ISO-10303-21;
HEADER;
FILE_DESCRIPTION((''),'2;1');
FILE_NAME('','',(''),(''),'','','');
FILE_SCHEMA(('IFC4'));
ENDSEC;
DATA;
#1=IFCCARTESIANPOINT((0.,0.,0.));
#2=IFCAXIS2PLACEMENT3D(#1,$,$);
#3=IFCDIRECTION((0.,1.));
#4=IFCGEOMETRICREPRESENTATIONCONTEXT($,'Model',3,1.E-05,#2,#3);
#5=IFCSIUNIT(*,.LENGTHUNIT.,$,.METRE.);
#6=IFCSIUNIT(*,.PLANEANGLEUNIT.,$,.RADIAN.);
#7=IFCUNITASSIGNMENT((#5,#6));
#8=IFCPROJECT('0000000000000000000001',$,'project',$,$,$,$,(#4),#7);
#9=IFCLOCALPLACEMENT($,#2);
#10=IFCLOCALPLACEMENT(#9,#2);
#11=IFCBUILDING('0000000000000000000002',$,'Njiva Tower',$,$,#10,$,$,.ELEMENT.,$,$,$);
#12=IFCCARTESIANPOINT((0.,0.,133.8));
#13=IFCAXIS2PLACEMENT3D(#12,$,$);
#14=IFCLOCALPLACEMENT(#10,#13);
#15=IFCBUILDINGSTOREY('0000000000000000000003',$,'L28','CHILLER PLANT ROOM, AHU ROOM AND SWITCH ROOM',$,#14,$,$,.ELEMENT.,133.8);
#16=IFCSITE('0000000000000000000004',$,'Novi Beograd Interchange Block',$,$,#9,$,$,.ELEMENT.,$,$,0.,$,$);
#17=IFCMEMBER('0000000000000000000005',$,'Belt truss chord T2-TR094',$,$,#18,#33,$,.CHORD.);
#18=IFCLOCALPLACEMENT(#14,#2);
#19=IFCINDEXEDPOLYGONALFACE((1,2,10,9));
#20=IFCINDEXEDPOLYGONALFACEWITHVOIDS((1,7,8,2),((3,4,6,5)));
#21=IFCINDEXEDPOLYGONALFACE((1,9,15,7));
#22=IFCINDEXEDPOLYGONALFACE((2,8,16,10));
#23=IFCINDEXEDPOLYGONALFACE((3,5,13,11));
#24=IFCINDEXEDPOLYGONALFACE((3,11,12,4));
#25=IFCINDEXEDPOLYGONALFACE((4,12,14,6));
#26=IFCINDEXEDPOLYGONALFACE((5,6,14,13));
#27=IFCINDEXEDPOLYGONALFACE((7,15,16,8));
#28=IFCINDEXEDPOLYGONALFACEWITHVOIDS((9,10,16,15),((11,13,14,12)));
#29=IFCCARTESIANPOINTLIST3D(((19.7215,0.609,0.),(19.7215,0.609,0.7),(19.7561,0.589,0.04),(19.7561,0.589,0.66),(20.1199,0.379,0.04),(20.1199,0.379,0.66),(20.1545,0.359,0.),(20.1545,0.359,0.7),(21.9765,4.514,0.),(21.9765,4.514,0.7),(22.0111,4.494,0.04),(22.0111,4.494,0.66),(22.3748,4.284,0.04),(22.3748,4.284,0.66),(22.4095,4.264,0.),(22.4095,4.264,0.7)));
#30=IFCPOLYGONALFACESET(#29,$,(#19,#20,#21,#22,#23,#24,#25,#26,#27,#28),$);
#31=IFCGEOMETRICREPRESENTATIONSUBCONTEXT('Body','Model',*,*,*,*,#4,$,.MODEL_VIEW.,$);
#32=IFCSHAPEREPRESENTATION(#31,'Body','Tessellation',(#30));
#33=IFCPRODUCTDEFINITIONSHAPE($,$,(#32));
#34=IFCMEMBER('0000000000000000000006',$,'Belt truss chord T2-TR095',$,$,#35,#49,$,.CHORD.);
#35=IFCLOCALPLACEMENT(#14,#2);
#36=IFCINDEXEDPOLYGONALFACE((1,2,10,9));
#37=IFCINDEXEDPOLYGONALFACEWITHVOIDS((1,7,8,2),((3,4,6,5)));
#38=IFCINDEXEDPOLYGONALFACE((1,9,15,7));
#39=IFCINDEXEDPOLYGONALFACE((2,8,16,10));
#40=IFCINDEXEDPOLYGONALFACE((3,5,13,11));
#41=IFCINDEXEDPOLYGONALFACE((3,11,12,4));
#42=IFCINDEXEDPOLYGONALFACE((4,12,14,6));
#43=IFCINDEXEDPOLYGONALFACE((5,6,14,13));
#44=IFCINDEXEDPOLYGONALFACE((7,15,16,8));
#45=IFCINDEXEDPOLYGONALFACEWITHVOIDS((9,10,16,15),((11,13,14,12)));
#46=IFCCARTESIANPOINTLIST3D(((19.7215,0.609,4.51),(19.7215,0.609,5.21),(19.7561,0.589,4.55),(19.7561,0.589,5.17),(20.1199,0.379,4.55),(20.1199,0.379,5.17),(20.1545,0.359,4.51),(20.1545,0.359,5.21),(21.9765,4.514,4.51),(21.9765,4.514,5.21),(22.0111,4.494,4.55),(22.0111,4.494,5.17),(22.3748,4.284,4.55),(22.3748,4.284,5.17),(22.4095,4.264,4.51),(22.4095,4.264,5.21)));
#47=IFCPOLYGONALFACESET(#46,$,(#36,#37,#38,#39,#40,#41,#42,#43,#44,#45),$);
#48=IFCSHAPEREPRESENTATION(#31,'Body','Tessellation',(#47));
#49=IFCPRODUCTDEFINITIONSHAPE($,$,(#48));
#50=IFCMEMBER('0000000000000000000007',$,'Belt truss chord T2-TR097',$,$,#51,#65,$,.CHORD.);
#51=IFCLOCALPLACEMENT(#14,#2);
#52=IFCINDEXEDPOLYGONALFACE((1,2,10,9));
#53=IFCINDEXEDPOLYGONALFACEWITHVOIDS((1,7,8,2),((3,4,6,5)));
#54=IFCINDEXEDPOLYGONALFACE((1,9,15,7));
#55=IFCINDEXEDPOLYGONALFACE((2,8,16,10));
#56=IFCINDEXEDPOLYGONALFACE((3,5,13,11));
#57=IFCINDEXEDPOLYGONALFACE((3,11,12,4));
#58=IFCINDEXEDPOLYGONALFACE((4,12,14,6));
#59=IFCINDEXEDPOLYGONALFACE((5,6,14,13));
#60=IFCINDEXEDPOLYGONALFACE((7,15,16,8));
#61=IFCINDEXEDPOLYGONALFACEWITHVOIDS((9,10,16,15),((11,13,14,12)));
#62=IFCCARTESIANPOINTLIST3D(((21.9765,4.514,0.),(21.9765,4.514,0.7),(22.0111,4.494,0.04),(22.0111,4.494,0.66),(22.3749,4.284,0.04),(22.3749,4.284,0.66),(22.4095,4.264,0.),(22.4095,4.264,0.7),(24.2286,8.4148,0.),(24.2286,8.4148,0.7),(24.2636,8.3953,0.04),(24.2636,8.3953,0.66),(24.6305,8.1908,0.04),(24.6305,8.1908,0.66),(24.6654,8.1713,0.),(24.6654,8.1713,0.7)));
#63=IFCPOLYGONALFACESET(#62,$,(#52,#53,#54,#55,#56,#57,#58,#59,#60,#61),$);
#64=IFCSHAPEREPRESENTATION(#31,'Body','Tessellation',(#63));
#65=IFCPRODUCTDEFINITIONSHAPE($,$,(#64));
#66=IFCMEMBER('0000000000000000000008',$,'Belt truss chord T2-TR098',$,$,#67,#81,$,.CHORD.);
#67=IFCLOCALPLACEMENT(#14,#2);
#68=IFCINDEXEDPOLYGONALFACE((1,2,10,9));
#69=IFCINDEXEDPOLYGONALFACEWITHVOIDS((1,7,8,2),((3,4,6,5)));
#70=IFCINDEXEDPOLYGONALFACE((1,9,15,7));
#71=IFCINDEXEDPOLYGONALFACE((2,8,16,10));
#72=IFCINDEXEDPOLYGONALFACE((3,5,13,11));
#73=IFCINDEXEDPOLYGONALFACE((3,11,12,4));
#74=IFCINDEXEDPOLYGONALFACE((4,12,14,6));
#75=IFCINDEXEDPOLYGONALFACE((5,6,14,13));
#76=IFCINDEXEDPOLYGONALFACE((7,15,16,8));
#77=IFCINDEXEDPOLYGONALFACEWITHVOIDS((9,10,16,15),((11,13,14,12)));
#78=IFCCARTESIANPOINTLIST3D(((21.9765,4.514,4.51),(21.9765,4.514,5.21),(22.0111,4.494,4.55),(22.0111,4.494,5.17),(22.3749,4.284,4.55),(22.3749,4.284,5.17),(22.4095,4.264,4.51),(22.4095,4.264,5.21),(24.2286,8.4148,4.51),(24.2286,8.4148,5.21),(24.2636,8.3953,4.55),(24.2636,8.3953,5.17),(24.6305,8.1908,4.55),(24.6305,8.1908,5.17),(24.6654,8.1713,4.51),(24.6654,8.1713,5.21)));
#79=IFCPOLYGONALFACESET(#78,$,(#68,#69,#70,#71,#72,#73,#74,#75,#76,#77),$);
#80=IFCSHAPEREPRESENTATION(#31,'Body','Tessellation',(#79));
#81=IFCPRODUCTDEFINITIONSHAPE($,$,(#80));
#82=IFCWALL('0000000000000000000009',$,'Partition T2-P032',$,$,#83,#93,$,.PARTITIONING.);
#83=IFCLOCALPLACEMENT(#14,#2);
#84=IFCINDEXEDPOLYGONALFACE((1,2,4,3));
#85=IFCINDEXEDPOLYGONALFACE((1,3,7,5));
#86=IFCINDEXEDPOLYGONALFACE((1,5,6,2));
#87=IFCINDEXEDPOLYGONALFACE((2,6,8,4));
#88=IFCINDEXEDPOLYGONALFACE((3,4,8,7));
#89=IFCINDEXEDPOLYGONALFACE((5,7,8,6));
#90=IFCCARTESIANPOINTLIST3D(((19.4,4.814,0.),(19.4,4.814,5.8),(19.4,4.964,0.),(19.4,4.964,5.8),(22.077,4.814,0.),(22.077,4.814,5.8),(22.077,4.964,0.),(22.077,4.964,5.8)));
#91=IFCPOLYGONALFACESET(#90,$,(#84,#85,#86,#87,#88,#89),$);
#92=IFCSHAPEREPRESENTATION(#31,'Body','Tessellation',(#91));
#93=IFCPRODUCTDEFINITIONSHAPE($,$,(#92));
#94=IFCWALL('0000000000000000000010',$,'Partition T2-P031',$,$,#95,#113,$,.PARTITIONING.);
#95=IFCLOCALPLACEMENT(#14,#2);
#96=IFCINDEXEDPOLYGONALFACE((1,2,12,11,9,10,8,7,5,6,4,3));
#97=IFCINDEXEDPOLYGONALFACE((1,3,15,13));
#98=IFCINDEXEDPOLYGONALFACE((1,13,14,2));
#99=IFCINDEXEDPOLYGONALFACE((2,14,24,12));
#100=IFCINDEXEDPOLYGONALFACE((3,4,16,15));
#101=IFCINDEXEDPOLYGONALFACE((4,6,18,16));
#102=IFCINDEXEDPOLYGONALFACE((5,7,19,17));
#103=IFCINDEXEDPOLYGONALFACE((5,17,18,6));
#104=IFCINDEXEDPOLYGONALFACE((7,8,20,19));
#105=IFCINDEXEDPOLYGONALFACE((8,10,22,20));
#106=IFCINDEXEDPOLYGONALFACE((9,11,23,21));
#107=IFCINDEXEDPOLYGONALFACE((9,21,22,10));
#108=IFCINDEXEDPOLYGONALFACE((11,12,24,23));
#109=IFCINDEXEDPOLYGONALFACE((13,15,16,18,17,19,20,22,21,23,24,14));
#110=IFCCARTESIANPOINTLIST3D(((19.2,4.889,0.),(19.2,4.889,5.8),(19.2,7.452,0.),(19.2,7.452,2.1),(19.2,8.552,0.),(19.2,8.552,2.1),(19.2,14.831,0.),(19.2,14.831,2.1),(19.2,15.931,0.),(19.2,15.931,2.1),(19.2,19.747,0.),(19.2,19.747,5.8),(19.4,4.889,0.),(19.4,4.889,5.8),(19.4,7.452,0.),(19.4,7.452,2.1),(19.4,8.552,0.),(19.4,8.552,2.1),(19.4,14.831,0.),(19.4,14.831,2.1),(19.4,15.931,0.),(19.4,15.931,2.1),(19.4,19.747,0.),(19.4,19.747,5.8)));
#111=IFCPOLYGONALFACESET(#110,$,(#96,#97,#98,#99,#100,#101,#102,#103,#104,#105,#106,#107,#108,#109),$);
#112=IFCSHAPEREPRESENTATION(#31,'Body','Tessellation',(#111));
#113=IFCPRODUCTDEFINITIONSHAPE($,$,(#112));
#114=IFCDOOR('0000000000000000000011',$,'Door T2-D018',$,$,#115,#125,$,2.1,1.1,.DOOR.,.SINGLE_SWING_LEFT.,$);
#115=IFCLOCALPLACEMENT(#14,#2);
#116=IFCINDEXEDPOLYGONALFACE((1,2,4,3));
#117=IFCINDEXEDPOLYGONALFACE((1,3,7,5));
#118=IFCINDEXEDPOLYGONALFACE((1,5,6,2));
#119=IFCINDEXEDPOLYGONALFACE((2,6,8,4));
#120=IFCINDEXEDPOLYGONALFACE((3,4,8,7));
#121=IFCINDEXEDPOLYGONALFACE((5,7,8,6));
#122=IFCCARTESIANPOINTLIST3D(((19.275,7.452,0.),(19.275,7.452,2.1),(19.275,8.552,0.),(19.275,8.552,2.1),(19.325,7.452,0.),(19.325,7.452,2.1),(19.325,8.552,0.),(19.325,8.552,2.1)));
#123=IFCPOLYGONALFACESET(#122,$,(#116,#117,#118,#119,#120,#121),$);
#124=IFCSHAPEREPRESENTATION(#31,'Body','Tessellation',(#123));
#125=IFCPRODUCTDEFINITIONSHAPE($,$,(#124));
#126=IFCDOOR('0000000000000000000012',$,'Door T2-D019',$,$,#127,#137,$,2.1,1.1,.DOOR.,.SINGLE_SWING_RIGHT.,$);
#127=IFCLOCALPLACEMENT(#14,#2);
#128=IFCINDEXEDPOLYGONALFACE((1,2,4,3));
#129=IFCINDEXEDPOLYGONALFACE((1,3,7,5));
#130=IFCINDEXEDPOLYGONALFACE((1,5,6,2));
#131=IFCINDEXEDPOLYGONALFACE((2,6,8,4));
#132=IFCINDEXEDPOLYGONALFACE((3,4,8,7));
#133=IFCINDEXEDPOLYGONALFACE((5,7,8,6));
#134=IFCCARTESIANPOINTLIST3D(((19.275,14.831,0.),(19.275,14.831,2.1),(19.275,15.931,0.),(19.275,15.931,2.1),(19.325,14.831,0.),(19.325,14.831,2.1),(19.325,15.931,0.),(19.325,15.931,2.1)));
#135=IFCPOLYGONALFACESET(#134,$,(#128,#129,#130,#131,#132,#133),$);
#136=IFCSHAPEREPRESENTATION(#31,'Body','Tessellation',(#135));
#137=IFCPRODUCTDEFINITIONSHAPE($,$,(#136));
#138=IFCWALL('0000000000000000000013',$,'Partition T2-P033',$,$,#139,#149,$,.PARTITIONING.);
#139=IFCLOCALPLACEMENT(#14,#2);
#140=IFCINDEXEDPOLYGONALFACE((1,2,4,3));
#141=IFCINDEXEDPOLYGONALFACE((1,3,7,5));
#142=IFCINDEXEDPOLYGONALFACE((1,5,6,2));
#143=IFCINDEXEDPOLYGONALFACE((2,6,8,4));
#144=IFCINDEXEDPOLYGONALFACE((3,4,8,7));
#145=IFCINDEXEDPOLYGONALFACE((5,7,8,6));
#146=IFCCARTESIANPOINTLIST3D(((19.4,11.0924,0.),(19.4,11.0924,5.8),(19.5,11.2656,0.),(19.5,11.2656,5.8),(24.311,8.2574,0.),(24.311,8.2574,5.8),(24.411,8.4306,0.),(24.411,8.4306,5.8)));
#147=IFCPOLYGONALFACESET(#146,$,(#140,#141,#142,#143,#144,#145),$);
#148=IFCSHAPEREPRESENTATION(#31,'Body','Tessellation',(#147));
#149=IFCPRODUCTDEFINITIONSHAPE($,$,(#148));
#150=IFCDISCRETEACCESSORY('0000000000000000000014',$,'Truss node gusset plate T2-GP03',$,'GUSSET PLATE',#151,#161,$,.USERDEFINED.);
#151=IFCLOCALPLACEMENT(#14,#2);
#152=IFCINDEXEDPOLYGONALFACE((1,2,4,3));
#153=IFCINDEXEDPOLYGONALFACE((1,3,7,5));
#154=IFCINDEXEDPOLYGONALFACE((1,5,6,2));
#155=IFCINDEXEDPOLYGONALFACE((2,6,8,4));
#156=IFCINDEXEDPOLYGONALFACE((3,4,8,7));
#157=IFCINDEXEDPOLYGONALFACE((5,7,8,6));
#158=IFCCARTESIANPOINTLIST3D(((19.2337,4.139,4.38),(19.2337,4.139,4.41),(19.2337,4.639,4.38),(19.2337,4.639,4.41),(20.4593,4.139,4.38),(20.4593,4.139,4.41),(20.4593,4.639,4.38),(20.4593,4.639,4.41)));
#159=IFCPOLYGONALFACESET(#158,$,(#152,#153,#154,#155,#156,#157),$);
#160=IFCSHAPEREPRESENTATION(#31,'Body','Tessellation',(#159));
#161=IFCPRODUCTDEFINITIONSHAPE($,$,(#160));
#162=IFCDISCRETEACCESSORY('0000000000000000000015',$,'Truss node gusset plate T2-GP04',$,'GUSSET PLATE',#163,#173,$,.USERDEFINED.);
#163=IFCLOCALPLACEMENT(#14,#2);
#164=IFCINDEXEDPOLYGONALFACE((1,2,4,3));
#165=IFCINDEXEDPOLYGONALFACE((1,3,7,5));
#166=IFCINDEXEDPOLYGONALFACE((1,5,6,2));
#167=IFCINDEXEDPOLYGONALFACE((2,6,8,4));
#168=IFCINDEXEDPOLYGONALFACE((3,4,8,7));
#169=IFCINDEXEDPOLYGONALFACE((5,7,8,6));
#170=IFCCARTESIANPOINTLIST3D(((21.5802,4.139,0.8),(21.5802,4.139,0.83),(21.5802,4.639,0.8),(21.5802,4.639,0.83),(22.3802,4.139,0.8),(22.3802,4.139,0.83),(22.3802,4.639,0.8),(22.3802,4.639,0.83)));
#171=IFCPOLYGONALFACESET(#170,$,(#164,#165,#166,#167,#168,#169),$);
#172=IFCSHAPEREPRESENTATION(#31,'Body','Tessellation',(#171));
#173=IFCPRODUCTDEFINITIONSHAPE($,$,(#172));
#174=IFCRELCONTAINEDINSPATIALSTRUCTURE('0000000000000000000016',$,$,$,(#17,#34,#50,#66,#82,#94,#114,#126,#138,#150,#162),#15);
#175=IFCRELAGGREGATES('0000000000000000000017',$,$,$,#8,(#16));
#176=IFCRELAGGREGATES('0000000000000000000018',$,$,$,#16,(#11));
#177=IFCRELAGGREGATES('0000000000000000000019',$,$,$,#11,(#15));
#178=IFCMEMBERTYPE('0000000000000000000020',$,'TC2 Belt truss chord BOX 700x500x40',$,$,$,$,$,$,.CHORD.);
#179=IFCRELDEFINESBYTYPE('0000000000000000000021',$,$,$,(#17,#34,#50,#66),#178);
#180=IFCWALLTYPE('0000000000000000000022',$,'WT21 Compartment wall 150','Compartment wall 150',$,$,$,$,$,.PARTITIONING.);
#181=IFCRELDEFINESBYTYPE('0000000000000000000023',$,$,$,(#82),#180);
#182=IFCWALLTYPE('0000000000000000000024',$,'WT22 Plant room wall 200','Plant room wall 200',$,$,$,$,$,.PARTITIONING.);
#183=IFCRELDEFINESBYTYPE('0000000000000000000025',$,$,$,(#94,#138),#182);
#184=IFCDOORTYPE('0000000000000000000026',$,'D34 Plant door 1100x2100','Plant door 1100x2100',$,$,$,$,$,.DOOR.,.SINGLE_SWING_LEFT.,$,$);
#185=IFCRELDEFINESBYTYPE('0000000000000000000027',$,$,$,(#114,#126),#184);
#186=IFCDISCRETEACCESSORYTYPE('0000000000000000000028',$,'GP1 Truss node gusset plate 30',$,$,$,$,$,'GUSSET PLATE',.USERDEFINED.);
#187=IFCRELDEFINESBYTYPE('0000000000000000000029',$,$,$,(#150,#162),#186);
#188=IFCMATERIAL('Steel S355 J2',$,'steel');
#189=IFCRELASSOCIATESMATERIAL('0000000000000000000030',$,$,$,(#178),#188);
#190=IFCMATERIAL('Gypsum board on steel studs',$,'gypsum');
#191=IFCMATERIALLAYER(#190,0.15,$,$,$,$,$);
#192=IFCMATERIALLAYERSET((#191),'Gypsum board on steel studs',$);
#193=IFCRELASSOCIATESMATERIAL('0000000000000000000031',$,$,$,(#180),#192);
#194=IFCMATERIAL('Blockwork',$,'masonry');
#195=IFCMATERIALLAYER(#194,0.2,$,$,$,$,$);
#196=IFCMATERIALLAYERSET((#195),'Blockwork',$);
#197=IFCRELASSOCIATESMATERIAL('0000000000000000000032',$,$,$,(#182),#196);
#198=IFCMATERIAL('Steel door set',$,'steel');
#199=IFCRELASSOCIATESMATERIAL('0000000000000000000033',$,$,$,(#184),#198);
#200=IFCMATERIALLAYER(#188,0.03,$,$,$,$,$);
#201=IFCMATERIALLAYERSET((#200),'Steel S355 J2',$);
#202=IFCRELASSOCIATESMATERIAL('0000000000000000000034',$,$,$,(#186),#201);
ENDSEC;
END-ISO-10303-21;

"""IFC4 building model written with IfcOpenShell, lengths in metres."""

from ifc_helpers import new_model, si_unit, direction, frame, frame_2d, origin, origin_2d, place, context, subcontext, project, spatial, polyline, rectangle, hollow_rectangle, outline, extrude, clip, halfspace, material, layer, layer_set, material_profile, profile_set, type_object, element, fill, save


model = new_model("IFC4")

# Units and contexts
model_context = context("Model", 3, precision=1e-05, world=origin(), true_north=direction((0.0, 1.0)))
body_context = subcontext(model_context, "Body", "Model", "MODEL_VIEW")
ifc_project = project(units=[si_unit("LENGTHUNIT", "METRE"), si_unit("PLANEANGLEUNIT", "RADIAN")], contexts=[model_context])

# Site, building, storey
site_placement = place(None, origin())
site = spatial("IfcSite", under=ifc_project, at=site_placement, Name="Novi Beograd Interchange Block", CompositionType="ELEMENT", RefElevation=0.0)
building_placement = place(site_placement, origin())
building = spatial("IfcBuilding", under=site, at=building_placement, Name="Njiva Tower", CompositionType="ELEMENT")
storey_placement = place(building_placement, frame((0.0, 0.0, 133.8)))
storey = spatial("IfcBuildingStorey", under=building, at=storey_placement, Name="L28", Description="CHILLER PLANT ROOM, AHU ROOM AND SWITCH ROOM", CompositionType="ELEMENT", Elevation=133.8)

# Shared definitions
ifc_material_1 = material(Name="Steel S355 J2", Category="steel")

# Members
ifc_material_profile_1 = material_profile(ifc_material_1, hollow_rectangle(XDim=0.5, YDim=0.7, WallThickness=0.04, at=origin_2d()), Name="BOX 700x500x40")
ifc_profile_set_1 = profile_set([ifc_material_profile_1], Name="Steel S355 J2")
member_type_1 = type_object("IfcMemberType", Name="TC2 Belt truss chord BOX 700x500x40", PredefinedType="CHORD", material=ifc_profile_set_1)
for number, where, z_axis, x_axis, name in (
    (1, (19.938, 0.484, 0.35), (0.500074, 0.865982, 0.0), (-0.865982, 0.500074, 0.0), "Belt truss chord T2-TR094"),
    (2, (19.938, 0.484, 4.86), (0.500074, 0.865982, 0.0), (-0.865982, 0.500074, 0.0), "Belt truss chord T2-TR095"),
):
    element("IfcMember", number, at=place(storey_placement, frame(where, z_axis=z_axis, x_axis=x_axis)), inside=storey, type_object=member_type_1, Name=name, PredefinedType="CHORD", context=body_context, shape_type="SweptSolid", body=[
        extrude(hollow_rectangle(XDim=0.5, YDim=0.7, WallThickness=0.04, at=origin_2d()), origin(), (0.0, 0.0, 1.0), 4.5093),
    ])
member_1_placement = place(storey_placement, frame((22.193, 4.389, 0.35), z_axis=(0.500004, 0.866023, 0.0), x_axis=(-0.866023, 0.500004, 0.0)))
element("IfcMember", 3, at=member_1_placement, inside=storey, type_object=member_type_1, Name="Belt truss chord T2-TR097", PredefinedType="CHORD", context=body_context, shape_type="Clipping", body=[
    clip(extrude(hollow_rectangle(XDim=0.5, YDim=0.7, WallThickness=0.04, at=origin_2d()), origin(), (0.0, 0.0, 1.0), 4.542), halfspace(frame((0.0, -134.15, 4.508), z_axis=(0.014995, 0.0, 0.999888), x_axis=(0.0, 1.0, 0.0)), False)),
])
member_2_placement = place(storey_placement, frame((22.193, 4.389, 4.86), z_axis=(0.500004, 0.866023, 0.0), x_axis=(-0.866023, 0.500004, 0.0)))
element("IfcMember", 4, at=member_2_placement, inside=storey, type_object=member_type_1, Name="Belt truss chord T2-TR098", PredefinedType="CHORD", context=body_context, shape_type="Clipping", body=[
    clip(extrude(hollow_rectangle(XDim=0.5, YDim=0.7, WallThickness=0.04, at=origin_2d()), origin(), (0.0, 0.0, 1.0), 4.542), halfspace(frame((0.0, -138.66, 4.508), z_axis=(0.014995, 0.0, 0.999888), x_axis=(0.0, 1.0, 0.0)), False)),
])

# Wall
ifc_material_2 = material(Name="Gypsum board on steel studs", Category="gypsum")
ifc_layer_1 = layer(ifc_material_2, 0.15)
ifc_layer_set_1 = layer_set([ifc_layer_1], Name="Gypsum board on steel studs")
wall_type_1 = type_object("IfcWallType", Name="WT21 Compartment wall 150", Description="Compartment wall 150", PredefinedType="PARTITIONING", material=ifc_layer_set_1)
wall_1_placement = place(storey_placement, frame((19.4, 4.889, 0.0), z_axis=(0.0, 0.0, 1.0), x_axis=(1.0, 0.0, 0.0)))
element("IfcWall", 5, at=wall_1_placement, inside=storey, type_object=wall_type_1, Name="Partition T2-P032", PredefinedType="PARTITIONING", context=body_context, shape_type="SweptSolid", body=[
    extrude(rectangle(XDim=2.677, YDim=0.15, at=frame_2d((1.3385, 0.0))), origin(), (0.0, 0.0, 1.0), 5.8),
])

# Wall, openings, doors
ifc_material_3 = material(Name="Blockwork", Category="masonry")
ifc_layer_2 = layer(ifc_material_3, 0.2)
ifc_layer_set_2 = layer_set([ifc_layer_2], Name="Blockwork")
wall_type_2 = type_object("IfcWallType", Name="WT22 Plant room wall 200", Description="Plant room wall 200", PredefinedType="PARTITIONING", material=ifc_layer_set_2)
wall_2_placement = place(storey_placement, frame((19.3, 4.889, 0.0), z_axis=(0.0, 0.0, 1.0), x_axis=(0.0, 1.0, 0.0)))
wall_2 = element("IfcWall", 6, at=wall_2_placement, inside=storey, type_object=wall_type_2, Name="Partition T2-P031", PredefinedType="PARTITIONING", context=body_context, shape_type="SweptSolid", body=[
    extrude(rectangle(XDim=14.858, YDim=0.2, at=frame_2d((7.429, 0.0))), origin(), (0.0, 0.0, 1.0), 5.8),
])
opening_1_placement = place(wall_2_placement, frame((2.563, 0.0, 0.0)))
opening_1 = element("IfcOpeningElement", 7, at=opening_1_placement, cuts=wall_2, PredefinedType="OPENING", context=body_context, shape_type="SweptSolid", body=[
    extrude(rectangle(XDim=1.1, YDim=2.1, at=frame_2d((0.55, 1.05))), frame((0.0, 0.11, 0.0), z_axis=(0.0, -1.0, 0.0), x_axis=(1.0, 0.0, 0.0)), (0.0, 0.0, 1.0), 0.22),
])
opening_2_placement = place(wall_2_placement, frame((9.942, 0.0, 0.0)))
opening_2 = element("IfcOpeningElement", 8, at=opening_2_placement, cuts=wall_2, PredefinedType="OPENING", context=body_context, shape_type="SweptSolid", body=[
    extrude(rectangle(XDim=1.1, YDim=2.1, at=frame_2d((0.55, 1.05))), frame((0.0, 0.11, 0.0), z_axis=(0.0, -1.0, 0.0), x_axis=(1.0, 0.0, 0.0)), (0.0, 0.0, 1.0), 0.22),
])
ifc_material_4 = material(Name="Steel door set", Category="steel")
door_type = type_object("IfcDoorType", Name="D34 Plant door 1100x2100", Description="Plant door 1100x2100", OperationType="SINGLE_SWING_LEFT", PredefinedType="DOOR", material=ifc_material_4)
door_1_placement = place(opening_1_placement, origin())
door_1 = element("IfcDoor", 9, at=door_1_placement, inside=storey, type_object=door_type, Name="Door T2-D018", OperationType="SINGLE_SWING_LEFT", OverallHeight=2.1, OverallWidth=1.1, PredefinedType="DOOR", context=body_context, shape_type="SweptSolid", body=[
    extrude(rectangle(XDim=1.1, YDim=2.1, at=frame_2d((0.55, 1.05))), frame((0.0, 0.025, 0.0), z_axis=(0.0, -1.0, 0.0), x_axis=(1.0, 0.0, 0.0)), (0.0, 0.0, 1.0), 0.05),
])
fill(opening_1, door_1)
door_2_placement = place(opening_2_placement, origin())
door_2 = element("IfcDoor", 10, at=door_2_placement, inside=storey, type_object=door_type, Name="Door T2-D019", OperationType="SINGLE_SWING_RIGHT", OverallHeight=2.1, OverallWidth=1.1, PredefinedType="DOOR", context=body_context, shape_type="SweptSolid", body=[
    extrude(rectangle(XDim=1.1, YDim=2.1, at=frame_2d((0.55, 1.05))), frame((0.0, 0.025, 0.0), z_axis=(0.0, -1.0, 0.0), x_axis=(1.0, 0.0, 0.0)), (0.0, 0.0, 1.0), 0.05),
])
fill(opening_2, door_2)

# Wall
wall_3_placement = place(storey_placement, frame((19.45, 11.179, 0.0), z_axis=(0.0, 0.0, 1.0), x_axis=(0.866053, -0.499951, 0.0)))
element("IfcWall", 11, at=wall_3_placement, inside=storey, type_object=wall_type_2, Name="Partition T2-P033", PredefinedType="PARTITIONING", context=body_context, shape_type="SweptSolid", body=[
    extrude(rectangle(XDim=5.6706, YDim=0.2, at=frame_2d((2.8353, 0.0))), origin(), (0.0, 0.0, 1.0), 5.8),
])

# Discrete accessories
ifc_layer_3 = layer(ifc_material_1, 0.03)
ifc_layer_set_3 = layer_set([ifc_layer_3], Name="Steel S355 J2")
discrete_accessory_type = type_object("IfcDiscreteAccessoryType", Name="GP1 Truss node gusset plate 30", ElementType="GUSSET PLATE", PredefinedType="USERDEFINED", material=ifc_layer_set_3)
discrete_accessory_1_placement = place(storey_placement, frame((19.8465, 4.389, 4.38)))
element("IfcDiscreteAccessory", 12, at=discrete_accessory_1_placement, inside=storey, type_object=discrete_accessory_type, Name="Truss node gusset plate T2-GP03", ObjectType="GUSSET PLATE", PredefinedType="USERDEFINED", context=body_context, shape_type="SweptSolid", body=[
    extrude(outline(polyline([(0.6128, 0.25), (-0.6128, 0.25), (-0.6128, -0.25), (0.6128, -0.25), (0.6128, 0.25)])), origin(), (0.0, 0.0, 1.0), 0.03),
])
discrete_accessory_2_placement = place(storey_placement, frame((21.9802, 4.389, 0.8)))
element("IfcDiscreteAccessory", 13, at=discrete_accessory_2_placement, inside=storey, type_object=discrete_accessory_type, Name="Truss node gusset plate T2-GP04", ObjectType="GUSSET PLATE", PredefinedType="USERDEFINED", context=body_context, shape_type="SweptSolid", body=[
    extrude(outline(polyline([(0.4, 0.25), (-0.4, 0.25), (-0.4, -0.25), (0.4, -0.25), (0.4, 0.25)])), origin(), (0.0, 0.0, 1.0), 0.03),
])

save(model, "model.ifc")
